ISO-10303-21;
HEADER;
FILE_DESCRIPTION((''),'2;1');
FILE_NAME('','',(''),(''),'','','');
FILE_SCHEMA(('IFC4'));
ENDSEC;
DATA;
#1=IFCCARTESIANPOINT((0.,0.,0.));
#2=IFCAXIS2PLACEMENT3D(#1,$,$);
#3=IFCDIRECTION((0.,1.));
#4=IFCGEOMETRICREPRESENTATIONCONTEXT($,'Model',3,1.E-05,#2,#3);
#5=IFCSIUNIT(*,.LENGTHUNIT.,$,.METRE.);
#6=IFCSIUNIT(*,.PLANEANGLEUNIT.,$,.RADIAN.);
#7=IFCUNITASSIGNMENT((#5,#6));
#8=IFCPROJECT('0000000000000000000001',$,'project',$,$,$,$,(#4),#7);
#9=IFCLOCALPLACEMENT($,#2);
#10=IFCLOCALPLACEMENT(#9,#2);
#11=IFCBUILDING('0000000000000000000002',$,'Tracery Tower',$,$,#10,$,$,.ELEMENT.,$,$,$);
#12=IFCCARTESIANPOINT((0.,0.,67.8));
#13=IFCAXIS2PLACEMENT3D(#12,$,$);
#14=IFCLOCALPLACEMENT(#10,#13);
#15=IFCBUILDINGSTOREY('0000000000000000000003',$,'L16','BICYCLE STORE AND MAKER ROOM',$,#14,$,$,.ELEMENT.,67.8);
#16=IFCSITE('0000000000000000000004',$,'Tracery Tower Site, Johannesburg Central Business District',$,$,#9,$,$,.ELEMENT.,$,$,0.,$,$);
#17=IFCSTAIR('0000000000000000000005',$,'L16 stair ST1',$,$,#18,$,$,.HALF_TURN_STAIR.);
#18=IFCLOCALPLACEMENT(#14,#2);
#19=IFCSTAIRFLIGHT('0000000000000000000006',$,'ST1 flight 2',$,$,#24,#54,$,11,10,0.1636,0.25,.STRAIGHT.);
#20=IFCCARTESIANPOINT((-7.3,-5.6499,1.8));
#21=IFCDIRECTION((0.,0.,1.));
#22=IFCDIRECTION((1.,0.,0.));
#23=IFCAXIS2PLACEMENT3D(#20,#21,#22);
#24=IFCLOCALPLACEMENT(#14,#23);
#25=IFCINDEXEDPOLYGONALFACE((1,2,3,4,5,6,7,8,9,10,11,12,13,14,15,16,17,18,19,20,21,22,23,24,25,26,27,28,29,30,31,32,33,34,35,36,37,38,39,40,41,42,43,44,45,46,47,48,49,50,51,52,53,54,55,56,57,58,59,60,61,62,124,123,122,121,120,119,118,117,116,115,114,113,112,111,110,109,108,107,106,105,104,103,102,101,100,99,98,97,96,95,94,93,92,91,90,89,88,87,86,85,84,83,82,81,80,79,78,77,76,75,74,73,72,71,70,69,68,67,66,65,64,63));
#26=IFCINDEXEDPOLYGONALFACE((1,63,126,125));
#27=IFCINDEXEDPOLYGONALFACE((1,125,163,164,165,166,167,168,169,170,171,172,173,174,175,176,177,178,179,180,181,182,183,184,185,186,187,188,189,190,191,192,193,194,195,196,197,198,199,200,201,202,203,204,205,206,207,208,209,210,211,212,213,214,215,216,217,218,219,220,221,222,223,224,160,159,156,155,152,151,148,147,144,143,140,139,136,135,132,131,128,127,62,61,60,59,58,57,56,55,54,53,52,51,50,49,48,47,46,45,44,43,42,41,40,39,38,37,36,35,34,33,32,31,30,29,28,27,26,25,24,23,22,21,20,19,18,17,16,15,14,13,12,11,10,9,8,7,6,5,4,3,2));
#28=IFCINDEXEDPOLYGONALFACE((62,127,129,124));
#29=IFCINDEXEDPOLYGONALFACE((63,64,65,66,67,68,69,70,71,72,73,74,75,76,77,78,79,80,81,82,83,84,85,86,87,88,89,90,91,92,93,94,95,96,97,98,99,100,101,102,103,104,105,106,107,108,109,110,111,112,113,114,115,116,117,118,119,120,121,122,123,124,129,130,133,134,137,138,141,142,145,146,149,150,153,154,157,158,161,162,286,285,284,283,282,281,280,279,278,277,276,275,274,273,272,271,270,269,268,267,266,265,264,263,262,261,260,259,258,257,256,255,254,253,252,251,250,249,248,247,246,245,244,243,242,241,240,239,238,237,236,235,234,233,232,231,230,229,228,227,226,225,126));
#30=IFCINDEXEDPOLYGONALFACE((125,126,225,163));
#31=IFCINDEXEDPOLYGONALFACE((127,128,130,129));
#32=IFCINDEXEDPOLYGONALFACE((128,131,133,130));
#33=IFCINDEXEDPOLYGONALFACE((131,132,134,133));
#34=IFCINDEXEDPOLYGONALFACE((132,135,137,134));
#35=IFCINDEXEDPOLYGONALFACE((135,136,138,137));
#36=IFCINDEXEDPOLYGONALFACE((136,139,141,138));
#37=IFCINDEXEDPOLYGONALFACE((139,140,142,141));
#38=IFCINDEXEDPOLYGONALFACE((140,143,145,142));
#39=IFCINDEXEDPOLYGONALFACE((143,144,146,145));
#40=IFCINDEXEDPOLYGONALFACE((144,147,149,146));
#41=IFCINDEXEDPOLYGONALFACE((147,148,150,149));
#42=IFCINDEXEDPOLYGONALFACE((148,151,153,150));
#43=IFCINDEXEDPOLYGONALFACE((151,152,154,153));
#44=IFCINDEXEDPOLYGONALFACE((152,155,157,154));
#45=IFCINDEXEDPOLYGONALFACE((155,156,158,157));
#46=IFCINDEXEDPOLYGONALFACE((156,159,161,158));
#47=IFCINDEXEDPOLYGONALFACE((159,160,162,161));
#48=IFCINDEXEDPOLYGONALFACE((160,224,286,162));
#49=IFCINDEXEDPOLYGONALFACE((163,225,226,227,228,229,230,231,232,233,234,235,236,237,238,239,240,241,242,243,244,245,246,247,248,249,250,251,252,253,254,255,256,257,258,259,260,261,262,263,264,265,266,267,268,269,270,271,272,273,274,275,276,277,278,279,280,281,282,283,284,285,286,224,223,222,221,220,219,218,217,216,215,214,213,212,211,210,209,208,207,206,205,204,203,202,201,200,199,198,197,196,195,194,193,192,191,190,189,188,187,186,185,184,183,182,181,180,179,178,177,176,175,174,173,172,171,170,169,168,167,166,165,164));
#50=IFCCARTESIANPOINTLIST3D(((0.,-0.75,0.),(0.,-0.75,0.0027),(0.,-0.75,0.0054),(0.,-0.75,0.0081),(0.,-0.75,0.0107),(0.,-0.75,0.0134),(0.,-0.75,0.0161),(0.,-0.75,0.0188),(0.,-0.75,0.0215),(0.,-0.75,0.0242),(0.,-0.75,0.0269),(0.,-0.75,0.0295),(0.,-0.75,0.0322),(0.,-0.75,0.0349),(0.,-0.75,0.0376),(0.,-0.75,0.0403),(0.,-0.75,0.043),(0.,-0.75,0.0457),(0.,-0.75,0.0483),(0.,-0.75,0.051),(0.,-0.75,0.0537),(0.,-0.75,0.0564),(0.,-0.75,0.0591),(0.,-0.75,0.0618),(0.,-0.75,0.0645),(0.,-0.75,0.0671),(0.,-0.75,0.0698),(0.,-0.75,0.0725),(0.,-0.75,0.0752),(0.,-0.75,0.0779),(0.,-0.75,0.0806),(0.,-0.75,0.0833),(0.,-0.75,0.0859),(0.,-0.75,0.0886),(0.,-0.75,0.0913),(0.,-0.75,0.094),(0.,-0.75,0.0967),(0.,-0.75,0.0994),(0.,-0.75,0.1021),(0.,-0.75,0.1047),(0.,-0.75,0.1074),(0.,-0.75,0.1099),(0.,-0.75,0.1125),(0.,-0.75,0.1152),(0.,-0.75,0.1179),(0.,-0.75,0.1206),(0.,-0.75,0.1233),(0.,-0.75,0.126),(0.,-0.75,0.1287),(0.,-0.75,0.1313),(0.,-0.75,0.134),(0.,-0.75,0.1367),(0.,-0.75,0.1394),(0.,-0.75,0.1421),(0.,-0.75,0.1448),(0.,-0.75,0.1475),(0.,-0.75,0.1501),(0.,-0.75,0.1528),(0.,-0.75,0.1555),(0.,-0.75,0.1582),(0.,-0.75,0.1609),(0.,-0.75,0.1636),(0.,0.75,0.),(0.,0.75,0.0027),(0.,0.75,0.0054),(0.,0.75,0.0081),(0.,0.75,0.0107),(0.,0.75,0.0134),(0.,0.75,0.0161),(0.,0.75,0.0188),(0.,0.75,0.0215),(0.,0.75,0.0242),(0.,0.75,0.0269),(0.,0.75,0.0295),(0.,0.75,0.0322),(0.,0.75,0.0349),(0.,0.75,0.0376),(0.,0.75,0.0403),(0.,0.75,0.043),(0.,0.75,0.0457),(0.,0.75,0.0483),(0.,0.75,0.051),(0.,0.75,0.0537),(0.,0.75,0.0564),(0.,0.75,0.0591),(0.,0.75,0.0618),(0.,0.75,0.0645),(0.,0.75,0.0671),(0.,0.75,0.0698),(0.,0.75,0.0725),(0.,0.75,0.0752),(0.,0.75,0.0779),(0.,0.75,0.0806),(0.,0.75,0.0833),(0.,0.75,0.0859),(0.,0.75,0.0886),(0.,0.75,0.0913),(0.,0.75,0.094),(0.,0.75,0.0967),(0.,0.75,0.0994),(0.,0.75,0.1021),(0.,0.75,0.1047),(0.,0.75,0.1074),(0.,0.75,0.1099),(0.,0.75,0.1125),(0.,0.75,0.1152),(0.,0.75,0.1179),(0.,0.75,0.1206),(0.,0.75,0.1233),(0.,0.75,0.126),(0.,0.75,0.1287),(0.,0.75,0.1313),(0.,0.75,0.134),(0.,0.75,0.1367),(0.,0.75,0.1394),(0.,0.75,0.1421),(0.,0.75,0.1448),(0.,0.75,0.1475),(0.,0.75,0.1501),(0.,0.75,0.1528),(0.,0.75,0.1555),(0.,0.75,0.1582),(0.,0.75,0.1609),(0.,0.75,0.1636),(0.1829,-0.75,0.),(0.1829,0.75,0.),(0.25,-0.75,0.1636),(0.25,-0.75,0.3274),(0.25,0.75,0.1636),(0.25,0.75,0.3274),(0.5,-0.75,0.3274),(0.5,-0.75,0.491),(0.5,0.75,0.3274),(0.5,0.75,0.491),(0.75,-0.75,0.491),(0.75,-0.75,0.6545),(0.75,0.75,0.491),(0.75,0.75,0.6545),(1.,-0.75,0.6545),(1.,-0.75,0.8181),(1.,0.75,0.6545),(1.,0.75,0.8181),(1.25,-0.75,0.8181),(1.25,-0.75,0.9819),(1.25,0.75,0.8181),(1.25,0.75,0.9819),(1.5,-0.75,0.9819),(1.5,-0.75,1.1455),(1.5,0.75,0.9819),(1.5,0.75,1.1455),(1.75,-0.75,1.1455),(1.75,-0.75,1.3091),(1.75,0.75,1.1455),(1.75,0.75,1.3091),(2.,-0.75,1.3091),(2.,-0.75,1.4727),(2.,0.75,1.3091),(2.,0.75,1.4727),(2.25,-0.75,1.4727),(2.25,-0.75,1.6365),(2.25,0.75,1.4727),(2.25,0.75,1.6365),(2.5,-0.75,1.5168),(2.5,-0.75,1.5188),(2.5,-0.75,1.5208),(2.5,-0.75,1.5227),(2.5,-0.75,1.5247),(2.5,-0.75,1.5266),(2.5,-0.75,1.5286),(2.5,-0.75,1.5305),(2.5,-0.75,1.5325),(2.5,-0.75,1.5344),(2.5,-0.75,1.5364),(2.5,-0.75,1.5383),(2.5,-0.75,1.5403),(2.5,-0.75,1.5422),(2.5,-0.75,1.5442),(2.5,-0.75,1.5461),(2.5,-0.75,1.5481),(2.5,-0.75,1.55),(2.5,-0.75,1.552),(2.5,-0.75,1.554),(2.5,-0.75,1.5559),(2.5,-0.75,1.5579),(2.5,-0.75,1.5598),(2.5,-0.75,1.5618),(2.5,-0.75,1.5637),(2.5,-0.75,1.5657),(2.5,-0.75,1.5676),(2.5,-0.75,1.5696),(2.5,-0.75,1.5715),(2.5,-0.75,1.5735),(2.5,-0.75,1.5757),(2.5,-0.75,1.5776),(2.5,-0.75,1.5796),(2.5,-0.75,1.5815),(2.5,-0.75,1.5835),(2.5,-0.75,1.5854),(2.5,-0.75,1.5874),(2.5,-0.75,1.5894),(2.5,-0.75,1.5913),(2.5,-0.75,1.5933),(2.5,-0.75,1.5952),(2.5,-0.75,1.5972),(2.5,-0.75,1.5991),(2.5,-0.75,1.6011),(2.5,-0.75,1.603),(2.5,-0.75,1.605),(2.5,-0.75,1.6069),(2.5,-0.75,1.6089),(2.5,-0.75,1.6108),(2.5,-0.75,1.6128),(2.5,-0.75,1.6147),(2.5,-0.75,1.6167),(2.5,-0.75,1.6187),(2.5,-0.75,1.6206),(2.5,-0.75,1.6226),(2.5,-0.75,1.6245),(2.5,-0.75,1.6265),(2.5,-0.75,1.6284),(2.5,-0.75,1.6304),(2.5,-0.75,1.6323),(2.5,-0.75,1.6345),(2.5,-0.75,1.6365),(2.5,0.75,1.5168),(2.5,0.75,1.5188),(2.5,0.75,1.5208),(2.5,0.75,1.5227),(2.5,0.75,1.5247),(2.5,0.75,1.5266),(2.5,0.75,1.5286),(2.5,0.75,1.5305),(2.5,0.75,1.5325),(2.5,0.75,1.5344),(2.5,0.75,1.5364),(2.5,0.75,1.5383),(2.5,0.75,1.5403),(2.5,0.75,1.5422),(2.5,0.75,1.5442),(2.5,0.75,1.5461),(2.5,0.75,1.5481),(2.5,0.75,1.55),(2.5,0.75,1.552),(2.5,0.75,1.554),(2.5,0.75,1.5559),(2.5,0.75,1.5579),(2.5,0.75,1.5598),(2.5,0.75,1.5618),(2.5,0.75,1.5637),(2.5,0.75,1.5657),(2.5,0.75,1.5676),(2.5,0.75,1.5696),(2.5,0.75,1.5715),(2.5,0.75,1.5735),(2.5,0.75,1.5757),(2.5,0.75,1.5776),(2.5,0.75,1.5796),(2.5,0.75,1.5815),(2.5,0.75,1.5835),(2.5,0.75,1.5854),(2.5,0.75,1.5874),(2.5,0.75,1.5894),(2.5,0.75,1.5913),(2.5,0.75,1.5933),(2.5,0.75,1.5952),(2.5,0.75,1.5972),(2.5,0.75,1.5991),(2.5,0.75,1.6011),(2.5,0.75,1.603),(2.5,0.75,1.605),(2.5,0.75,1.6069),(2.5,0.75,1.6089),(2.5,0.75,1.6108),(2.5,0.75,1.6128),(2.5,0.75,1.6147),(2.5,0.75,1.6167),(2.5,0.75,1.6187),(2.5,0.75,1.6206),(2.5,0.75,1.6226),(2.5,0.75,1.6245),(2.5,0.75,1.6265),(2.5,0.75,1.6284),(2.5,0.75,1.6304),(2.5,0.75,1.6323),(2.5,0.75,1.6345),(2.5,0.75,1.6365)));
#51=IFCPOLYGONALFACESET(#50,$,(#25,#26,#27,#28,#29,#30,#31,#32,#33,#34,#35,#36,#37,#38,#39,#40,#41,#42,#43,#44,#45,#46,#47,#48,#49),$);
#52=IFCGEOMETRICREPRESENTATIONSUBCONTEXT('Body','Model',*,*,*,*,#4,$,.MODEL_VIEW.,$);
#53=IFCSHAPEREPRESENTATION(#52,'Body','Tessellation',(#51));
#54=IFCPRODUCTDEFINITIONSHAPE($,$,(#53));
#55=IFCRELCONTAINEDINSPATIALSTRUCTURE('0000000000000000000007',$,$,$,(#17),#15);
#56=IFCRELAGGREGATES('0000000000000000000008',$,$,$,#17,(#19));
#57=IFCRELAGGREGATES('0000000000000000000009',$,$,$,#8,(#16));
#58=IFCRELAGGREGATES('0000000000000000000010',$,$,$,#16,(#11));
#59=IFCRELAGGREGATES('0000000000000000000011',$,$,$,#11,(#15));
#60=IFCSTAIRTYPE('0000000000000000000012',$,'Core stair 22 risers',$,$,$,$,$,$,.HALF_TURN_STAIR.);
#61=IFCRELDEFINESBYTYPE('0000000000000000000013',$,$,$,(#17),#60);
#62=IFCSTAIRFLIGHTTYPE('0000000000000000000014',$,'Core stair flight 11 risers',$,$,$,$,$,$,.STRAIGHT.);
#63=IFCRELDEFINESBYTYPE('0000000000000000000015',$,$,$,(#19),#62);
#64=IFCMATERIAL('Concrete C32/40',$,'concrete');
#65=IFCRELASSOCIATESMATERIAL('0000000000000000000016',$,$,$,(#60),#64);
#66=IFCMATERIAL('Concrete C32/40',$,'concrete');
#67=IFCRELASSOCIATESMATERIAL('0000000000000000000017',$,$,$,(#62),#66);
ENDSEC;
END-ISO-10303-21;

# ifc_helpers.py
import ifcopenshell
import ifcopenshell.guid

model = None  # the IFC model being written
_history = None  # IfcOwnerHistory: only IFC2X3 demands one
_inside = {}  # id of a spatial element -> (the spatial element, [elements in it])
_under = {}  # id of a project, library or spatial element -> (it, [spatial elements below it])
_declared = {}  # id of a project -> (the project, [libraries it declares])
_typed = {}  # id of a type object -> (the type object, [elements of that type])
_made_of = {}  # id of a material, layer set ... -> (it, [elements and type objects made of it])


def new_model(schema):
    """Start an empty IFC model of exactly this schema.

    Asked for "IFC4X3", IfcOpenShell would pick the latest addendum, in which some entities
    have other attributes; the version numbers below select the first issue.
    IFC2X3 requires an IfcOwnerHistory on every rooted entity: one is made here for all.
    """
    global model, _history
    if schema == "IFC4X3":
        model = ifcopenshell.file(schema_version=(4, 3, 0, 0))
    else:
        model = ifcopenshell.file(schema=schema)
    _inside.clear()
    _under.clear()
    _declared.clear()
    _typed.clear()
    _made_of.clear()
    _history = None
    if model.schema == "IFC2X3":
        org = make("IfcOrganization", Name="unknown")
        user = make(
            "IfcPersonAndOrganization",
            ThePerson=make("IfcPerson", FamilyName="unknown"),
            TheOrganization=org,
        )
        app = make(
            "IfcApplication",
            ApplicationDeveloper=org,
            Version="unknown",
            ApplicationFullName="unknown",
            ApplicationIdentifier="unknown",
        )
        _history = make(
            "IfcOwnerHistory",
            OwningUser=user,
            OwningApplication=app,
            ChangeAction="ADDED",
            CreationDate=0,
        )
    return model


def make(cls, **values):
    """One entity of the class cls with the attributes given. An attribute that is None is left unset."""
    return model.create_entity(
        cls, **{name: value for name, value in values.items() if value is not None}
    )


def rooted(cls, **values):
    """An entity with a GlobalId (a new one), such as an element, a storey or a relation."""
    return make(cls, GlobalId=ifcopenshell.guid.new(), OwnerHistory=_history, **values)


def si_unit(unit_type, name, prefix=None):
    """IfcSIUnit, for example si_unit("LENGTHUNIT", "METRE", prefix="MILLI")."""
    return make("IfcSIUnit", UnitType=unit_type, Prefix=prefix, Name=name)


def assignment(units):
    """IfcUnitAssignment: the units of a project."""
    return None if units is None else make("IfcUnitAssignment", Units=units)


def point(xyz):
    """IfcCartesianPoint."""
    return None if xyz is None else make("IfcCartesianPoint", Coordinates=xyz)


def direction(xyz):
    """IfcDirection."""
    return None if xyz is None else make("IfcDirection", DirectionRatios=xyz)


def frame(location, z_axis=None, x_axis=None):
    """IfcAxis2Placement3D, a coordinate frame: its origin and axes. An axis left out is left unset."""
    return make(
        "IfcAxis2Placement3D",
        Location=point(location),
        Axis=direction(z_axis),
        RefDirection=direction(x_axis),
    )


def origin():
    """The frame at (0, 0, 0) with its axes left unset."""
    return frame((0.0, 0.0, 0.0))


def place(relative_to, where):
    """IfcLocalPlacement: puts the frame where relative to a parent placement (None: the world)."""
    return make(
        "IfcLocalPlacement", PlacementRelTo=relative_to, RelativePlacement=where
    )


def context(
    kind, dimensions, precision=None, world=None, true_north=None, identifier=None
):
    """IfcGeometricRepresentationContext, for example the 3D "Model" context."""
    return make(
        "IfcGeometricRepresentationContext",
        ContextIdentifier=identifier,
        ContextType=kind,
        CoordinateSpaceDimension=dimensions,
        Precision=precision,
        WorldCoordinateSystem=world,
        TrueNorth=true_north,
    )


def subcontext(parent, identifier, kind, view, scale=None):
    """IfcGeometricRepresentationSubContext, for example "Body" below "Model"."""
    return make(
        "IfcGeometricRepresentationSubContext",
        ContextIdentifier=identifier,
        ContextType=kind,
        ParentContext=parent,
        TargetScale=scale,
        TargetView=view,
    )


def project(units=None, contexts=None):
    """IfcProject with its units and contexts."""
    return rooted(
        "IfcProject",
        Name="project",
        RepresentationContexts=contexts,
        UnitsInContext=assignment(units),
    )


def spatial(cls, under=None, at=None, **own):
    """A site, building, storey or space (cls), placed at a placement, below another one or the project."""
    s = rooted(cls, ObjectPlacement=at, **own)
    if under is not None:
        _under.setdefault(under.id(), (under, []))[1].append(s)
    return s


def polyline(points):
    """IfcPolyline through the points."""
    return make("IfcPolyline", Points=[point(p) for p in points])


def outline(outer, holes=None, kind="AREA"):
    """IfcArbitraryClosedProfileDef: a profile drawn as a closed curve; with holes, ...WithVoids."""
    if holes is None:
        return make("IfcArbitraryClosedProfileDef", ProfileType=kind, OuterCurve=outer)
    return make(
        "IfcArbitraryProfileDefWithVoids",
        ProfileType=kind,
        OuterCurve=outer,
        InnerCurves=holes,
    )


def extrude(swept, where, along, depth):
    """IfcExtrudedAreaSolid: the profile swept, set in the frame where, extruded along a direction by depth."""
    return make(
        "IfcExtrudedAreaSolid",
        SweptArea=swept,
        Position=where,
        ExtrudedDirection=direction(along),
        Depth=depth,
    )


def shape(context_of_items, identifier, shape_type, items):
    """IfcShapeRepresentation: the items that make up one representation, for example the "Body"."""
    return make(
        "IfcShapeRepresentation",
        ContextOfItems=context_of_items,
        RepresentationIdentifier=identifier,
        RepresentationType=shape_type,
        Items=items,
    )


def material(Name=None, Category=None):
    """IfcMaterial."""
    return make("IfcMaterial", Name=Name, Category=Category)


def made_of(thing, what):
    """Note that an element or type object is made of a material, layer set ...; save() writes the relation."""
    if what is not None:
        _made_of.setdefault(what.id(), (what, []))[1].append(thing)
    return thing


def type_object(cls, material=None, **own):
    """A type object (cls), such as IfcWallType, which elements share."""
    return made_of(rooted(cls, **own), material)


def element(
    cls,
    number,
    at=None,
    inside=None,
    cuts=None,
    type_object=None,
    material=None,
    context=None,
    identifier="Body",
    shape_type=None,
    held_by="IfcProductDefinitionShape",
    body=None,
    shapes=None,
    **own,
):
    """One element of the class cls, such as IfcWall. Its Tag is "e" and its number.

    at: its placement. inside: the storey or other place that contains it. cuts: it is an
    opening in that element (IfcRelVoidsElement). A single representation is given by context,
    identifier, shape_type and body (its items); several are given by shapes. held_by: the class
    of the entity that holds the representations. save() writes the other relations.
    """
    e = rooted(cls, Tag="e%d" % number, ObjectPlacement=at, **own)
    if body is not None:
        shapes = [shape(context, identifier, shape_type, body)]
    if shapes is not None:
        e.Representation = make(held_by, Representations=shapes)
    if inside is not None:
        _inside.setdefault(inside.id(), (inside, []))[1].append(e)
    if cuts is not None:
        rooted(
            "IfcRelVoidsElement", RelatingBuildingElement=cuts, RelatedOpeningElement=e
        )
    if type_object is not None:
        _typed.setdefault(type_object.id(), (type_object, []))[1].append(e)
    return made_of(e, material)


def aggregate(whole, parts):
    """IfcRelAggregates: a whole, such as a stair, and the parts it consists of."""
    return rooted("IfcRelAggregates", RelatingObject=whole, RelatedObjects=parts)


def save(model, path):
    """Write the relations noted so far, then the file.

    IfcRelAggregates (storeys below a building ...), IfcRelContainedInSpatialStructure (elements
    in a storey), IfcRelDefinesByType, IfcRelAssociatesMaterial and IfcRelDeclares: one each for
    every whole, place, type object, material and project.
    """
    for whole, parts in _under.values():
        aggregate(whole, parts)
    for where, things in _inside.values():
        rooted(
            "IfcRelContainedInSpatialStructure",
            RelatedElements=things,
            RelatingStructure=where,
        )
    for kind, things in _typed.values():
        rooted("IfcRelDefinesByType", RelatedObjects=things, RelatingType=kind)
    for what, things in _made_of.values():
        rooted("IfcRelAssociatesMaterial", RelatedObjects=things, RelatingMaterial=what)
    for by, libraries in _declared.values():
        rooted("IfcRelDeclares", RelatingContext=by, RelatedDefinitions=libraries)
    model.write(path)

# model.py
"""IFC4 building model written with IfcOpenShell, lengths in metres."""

from ifc_helpers import new_model, si_unit, direction, frame, origin, place, context, subcontext, project, spatial, polyline, outline, extrude, material, type_object, element, aggregate, save


model = new_model("IFC4")

# Units and contexts
model_context = context("Model", 3, precision=1e-05, world=origin(), true_north=direction((0.0, 1.0)))
body_context = subcontext(model_context, "Body", "Model", "MODEL_VIEW")
ifc_project = project(units=[si_unit("LENGTHUNIT", "METRE"), si_unit("PLANEANGLEUNIT", "RADIAN")], contexts=[model_context])

# Site, building, storey
site_placement = place(None, origin())
site = spatial("IfcSite", under=ifc_project, at=site_placement, Name="Tracery Tower Site, Johannesburg Central Business District", CompositionType="ELEMENT", RefElevation=0.0)
building_placement = place(site_placement, origin())
building = spatial("IfcBuilding", under=site, at=building_placement, Name="Tracery Tower", CompositionType="ELEMENT")
storey_placement = place(building_placement, frame((0.0, 0.0, 67.8)))
storey = spatial("IfcBuildingStorey", under=building, at=storey_placement, Name="L16", Description="BICYCLE STORE AND MAKER ROOM", CompositionType="ELEMENT", Elevation=67.8)

# Stair, stair flight
ifc_material_1 = material(Name="Concrete C32/40", Category="concrete")
stair_type = type_object("IfcStairType", Name="Core stair 22 risers", PredefinedType="HALF_TURN_STAIR", material=ifc_material_1)
stair_placement = place(storey_placement, origin())
stair = element("IfcStair", 1, at=stair_placement, inside=storey, type_object=stair_type, Name="L16 stair ST1", PredefinedType="HALF_TURN_STAIR")
ifc_material_2 = material(Name="Concrete C32/40", Category="concrete")
stair_flight_type = type_object("IfcStairFlightType", Name="Core stair flight 11 risers", PredefinedType="STRAIGHT", material=ifc_material_2)
stair_flight_placement = place(storey_placement, frame((-7.3, -5.6499, 1.8), z_axis=(0.0, 0.0, 1.0), x_axis=(1.0, 0.0, 0.0)))
stair_flight = element("IfcStairFlight", 2, at=stair_flight_placement, type_object=stair_flight_type, Name="ST1 flight 2", NumberOfRisers=11, NumberOfTreads=10, PredefinedType="STRAIGHT", RiserHeight=0.1636, TreadLength=0.25, context=body_context, shape_type="SweptSolid", body=[
    extrude(outline(polyline([(0.0, 0.0), (0.0, 0.0027), (0.0, 0.0054), (0.0, 0.0081), (0.0, 0.0107), (0.0, 0.0134), (0.0, 0.0161), (0.0, 0.0188), (0.0, 0.0215), (0.0, 0.0242), (0.0, 0.0269), (0.0, 0.0295), (0.0, 0.0322), (0.0, 0.0349), (0.0, 0.0376), (0.0, 0.0403), (0.0, 0.043), (0.0, 0.0457), (0.0, 0.0483), (0.0, 0.051), (0.0, 0.0537), (0.0, 0.0564), (0.0, 0.0591), (0.0, 0.0618), (0.0, 0.0645), (0.0, 0.0671), (0.0, 0.0698), (0.0, 0.0725), (0.0, 0.0752), (0.0, 0.0779), (0.0, 0.0806), (0.0, 0.0833), (0.0, 0.0859), (0.0, 0.0886), (0.0, 0.0913), (0.0, 0.094), (0.0, 0.0967), (0.0, 0.0994), (0.0, 0.1021), (0.0, 0.1047), (0.0, 0.1074), (0.0, 0.1099), (0.0, 0.1125), (0.0, 0.1152), (0.0, 0.1179), (0.0, 0.1206), (0.0, 0.1233), (0.0, 0.126), (0.0, 0.1287), (0.0, 0.1313), (0.0, 0.134), (0.0, 0.1367), (0.0, 0.1394), (0.0, 0.1421), (0.0, 0.1448), (0.0, 0.1475), (0.0, 0.1501), (0.0, 0.1528), (0.0, 0.1555), (0.0, 0.1582), (0.0, 0.1609), (0.0, 0.1636), (0.25, 0.1636), (0.25, 0.3274), (0.5, 0.3274), (0.5, 0.491), (0.75, 0.491), (0.75, 0.6545), (1.0, 0.6545), (1.0, 0.8181), (1.25, 0.8181), (1.25, 0.9819), (1.5, 0.9819), (1.5, 1.1455), (1.75, 1.1455), (1.75, 1.3091), (2.0, 1.3091), (2.0, 1.4727), (2.25, 1.4727), (2.25, 1.6365), (2.5, 1.6365), (2.5, 1.6345), (2.5, 1.6323), (2.5, 1.6304), (2.5, 1.6284), (2.5, 1.6265), (2.5, 1.6245), (2.5, 1.6226), (2.5, 1.6206), (2.5, 1.6187), (2.5, 1.6167), (2.5, 1.6147), (2.5, 1.6128), (2.5, 1.6108), (2.5, 1.6089), (2.5, 1.6069), (2.5, 1.605), (2.5, 1.603), (2.5, 1.6011), (2.5, 1.5991), (2.5, 1.5972), (2.5, 1.5952), (2.5, 1.5933), (2.5, 1.5913), (2.5, 1.5894), (2.5, 1.5874), (2.5, 1.5854), (2.5, 1.5835), (2.5, 1.5815), (2.5, 1.5796), (2.5, 1.5776), (2.5, 1.5757), (2.5, 1.5735), (2.5, 1.5715), (2.5, 1.5696), (2.5, 1.5676), (2.5, 1.5657), (2.5, 1.5637), (2.5, 1.5618), (2.5, 1.5598), (2.5, 1.5579), (2.5, 1.5559), (2.5, 1.554), (2.5, 1.552), (2.5, 1.55), (2.5, 1.5481), (2.5, 1.5461), (2.5, 1.5442), (2.5, 1.5422), (2.5, 1.5403), (2.5, 1.5383), (2.5, 1.5364), (2.5, 1.5344), (2.5, 1.5325), (2.5, 1.5305), (2.5, 1.5286), (2.5, 1.5266), (2.5, 1.5247), (2.5, 1.5227), (2.5, 1.5208), (2.5, 1.5188), (2.5, 1.5168), (0.1829, 0.0), (0.0, 0.0)])), frame((0.0, 0.75, 0.0), z_axis=(0.0, -1.0, 0.0), x_axis=(1.0, 0.0, 0.0)), (0.0, 0.0, 1.0), 1.5),
])
aggregate(stair, [stair_flight])

save(model, "model.ifc")
